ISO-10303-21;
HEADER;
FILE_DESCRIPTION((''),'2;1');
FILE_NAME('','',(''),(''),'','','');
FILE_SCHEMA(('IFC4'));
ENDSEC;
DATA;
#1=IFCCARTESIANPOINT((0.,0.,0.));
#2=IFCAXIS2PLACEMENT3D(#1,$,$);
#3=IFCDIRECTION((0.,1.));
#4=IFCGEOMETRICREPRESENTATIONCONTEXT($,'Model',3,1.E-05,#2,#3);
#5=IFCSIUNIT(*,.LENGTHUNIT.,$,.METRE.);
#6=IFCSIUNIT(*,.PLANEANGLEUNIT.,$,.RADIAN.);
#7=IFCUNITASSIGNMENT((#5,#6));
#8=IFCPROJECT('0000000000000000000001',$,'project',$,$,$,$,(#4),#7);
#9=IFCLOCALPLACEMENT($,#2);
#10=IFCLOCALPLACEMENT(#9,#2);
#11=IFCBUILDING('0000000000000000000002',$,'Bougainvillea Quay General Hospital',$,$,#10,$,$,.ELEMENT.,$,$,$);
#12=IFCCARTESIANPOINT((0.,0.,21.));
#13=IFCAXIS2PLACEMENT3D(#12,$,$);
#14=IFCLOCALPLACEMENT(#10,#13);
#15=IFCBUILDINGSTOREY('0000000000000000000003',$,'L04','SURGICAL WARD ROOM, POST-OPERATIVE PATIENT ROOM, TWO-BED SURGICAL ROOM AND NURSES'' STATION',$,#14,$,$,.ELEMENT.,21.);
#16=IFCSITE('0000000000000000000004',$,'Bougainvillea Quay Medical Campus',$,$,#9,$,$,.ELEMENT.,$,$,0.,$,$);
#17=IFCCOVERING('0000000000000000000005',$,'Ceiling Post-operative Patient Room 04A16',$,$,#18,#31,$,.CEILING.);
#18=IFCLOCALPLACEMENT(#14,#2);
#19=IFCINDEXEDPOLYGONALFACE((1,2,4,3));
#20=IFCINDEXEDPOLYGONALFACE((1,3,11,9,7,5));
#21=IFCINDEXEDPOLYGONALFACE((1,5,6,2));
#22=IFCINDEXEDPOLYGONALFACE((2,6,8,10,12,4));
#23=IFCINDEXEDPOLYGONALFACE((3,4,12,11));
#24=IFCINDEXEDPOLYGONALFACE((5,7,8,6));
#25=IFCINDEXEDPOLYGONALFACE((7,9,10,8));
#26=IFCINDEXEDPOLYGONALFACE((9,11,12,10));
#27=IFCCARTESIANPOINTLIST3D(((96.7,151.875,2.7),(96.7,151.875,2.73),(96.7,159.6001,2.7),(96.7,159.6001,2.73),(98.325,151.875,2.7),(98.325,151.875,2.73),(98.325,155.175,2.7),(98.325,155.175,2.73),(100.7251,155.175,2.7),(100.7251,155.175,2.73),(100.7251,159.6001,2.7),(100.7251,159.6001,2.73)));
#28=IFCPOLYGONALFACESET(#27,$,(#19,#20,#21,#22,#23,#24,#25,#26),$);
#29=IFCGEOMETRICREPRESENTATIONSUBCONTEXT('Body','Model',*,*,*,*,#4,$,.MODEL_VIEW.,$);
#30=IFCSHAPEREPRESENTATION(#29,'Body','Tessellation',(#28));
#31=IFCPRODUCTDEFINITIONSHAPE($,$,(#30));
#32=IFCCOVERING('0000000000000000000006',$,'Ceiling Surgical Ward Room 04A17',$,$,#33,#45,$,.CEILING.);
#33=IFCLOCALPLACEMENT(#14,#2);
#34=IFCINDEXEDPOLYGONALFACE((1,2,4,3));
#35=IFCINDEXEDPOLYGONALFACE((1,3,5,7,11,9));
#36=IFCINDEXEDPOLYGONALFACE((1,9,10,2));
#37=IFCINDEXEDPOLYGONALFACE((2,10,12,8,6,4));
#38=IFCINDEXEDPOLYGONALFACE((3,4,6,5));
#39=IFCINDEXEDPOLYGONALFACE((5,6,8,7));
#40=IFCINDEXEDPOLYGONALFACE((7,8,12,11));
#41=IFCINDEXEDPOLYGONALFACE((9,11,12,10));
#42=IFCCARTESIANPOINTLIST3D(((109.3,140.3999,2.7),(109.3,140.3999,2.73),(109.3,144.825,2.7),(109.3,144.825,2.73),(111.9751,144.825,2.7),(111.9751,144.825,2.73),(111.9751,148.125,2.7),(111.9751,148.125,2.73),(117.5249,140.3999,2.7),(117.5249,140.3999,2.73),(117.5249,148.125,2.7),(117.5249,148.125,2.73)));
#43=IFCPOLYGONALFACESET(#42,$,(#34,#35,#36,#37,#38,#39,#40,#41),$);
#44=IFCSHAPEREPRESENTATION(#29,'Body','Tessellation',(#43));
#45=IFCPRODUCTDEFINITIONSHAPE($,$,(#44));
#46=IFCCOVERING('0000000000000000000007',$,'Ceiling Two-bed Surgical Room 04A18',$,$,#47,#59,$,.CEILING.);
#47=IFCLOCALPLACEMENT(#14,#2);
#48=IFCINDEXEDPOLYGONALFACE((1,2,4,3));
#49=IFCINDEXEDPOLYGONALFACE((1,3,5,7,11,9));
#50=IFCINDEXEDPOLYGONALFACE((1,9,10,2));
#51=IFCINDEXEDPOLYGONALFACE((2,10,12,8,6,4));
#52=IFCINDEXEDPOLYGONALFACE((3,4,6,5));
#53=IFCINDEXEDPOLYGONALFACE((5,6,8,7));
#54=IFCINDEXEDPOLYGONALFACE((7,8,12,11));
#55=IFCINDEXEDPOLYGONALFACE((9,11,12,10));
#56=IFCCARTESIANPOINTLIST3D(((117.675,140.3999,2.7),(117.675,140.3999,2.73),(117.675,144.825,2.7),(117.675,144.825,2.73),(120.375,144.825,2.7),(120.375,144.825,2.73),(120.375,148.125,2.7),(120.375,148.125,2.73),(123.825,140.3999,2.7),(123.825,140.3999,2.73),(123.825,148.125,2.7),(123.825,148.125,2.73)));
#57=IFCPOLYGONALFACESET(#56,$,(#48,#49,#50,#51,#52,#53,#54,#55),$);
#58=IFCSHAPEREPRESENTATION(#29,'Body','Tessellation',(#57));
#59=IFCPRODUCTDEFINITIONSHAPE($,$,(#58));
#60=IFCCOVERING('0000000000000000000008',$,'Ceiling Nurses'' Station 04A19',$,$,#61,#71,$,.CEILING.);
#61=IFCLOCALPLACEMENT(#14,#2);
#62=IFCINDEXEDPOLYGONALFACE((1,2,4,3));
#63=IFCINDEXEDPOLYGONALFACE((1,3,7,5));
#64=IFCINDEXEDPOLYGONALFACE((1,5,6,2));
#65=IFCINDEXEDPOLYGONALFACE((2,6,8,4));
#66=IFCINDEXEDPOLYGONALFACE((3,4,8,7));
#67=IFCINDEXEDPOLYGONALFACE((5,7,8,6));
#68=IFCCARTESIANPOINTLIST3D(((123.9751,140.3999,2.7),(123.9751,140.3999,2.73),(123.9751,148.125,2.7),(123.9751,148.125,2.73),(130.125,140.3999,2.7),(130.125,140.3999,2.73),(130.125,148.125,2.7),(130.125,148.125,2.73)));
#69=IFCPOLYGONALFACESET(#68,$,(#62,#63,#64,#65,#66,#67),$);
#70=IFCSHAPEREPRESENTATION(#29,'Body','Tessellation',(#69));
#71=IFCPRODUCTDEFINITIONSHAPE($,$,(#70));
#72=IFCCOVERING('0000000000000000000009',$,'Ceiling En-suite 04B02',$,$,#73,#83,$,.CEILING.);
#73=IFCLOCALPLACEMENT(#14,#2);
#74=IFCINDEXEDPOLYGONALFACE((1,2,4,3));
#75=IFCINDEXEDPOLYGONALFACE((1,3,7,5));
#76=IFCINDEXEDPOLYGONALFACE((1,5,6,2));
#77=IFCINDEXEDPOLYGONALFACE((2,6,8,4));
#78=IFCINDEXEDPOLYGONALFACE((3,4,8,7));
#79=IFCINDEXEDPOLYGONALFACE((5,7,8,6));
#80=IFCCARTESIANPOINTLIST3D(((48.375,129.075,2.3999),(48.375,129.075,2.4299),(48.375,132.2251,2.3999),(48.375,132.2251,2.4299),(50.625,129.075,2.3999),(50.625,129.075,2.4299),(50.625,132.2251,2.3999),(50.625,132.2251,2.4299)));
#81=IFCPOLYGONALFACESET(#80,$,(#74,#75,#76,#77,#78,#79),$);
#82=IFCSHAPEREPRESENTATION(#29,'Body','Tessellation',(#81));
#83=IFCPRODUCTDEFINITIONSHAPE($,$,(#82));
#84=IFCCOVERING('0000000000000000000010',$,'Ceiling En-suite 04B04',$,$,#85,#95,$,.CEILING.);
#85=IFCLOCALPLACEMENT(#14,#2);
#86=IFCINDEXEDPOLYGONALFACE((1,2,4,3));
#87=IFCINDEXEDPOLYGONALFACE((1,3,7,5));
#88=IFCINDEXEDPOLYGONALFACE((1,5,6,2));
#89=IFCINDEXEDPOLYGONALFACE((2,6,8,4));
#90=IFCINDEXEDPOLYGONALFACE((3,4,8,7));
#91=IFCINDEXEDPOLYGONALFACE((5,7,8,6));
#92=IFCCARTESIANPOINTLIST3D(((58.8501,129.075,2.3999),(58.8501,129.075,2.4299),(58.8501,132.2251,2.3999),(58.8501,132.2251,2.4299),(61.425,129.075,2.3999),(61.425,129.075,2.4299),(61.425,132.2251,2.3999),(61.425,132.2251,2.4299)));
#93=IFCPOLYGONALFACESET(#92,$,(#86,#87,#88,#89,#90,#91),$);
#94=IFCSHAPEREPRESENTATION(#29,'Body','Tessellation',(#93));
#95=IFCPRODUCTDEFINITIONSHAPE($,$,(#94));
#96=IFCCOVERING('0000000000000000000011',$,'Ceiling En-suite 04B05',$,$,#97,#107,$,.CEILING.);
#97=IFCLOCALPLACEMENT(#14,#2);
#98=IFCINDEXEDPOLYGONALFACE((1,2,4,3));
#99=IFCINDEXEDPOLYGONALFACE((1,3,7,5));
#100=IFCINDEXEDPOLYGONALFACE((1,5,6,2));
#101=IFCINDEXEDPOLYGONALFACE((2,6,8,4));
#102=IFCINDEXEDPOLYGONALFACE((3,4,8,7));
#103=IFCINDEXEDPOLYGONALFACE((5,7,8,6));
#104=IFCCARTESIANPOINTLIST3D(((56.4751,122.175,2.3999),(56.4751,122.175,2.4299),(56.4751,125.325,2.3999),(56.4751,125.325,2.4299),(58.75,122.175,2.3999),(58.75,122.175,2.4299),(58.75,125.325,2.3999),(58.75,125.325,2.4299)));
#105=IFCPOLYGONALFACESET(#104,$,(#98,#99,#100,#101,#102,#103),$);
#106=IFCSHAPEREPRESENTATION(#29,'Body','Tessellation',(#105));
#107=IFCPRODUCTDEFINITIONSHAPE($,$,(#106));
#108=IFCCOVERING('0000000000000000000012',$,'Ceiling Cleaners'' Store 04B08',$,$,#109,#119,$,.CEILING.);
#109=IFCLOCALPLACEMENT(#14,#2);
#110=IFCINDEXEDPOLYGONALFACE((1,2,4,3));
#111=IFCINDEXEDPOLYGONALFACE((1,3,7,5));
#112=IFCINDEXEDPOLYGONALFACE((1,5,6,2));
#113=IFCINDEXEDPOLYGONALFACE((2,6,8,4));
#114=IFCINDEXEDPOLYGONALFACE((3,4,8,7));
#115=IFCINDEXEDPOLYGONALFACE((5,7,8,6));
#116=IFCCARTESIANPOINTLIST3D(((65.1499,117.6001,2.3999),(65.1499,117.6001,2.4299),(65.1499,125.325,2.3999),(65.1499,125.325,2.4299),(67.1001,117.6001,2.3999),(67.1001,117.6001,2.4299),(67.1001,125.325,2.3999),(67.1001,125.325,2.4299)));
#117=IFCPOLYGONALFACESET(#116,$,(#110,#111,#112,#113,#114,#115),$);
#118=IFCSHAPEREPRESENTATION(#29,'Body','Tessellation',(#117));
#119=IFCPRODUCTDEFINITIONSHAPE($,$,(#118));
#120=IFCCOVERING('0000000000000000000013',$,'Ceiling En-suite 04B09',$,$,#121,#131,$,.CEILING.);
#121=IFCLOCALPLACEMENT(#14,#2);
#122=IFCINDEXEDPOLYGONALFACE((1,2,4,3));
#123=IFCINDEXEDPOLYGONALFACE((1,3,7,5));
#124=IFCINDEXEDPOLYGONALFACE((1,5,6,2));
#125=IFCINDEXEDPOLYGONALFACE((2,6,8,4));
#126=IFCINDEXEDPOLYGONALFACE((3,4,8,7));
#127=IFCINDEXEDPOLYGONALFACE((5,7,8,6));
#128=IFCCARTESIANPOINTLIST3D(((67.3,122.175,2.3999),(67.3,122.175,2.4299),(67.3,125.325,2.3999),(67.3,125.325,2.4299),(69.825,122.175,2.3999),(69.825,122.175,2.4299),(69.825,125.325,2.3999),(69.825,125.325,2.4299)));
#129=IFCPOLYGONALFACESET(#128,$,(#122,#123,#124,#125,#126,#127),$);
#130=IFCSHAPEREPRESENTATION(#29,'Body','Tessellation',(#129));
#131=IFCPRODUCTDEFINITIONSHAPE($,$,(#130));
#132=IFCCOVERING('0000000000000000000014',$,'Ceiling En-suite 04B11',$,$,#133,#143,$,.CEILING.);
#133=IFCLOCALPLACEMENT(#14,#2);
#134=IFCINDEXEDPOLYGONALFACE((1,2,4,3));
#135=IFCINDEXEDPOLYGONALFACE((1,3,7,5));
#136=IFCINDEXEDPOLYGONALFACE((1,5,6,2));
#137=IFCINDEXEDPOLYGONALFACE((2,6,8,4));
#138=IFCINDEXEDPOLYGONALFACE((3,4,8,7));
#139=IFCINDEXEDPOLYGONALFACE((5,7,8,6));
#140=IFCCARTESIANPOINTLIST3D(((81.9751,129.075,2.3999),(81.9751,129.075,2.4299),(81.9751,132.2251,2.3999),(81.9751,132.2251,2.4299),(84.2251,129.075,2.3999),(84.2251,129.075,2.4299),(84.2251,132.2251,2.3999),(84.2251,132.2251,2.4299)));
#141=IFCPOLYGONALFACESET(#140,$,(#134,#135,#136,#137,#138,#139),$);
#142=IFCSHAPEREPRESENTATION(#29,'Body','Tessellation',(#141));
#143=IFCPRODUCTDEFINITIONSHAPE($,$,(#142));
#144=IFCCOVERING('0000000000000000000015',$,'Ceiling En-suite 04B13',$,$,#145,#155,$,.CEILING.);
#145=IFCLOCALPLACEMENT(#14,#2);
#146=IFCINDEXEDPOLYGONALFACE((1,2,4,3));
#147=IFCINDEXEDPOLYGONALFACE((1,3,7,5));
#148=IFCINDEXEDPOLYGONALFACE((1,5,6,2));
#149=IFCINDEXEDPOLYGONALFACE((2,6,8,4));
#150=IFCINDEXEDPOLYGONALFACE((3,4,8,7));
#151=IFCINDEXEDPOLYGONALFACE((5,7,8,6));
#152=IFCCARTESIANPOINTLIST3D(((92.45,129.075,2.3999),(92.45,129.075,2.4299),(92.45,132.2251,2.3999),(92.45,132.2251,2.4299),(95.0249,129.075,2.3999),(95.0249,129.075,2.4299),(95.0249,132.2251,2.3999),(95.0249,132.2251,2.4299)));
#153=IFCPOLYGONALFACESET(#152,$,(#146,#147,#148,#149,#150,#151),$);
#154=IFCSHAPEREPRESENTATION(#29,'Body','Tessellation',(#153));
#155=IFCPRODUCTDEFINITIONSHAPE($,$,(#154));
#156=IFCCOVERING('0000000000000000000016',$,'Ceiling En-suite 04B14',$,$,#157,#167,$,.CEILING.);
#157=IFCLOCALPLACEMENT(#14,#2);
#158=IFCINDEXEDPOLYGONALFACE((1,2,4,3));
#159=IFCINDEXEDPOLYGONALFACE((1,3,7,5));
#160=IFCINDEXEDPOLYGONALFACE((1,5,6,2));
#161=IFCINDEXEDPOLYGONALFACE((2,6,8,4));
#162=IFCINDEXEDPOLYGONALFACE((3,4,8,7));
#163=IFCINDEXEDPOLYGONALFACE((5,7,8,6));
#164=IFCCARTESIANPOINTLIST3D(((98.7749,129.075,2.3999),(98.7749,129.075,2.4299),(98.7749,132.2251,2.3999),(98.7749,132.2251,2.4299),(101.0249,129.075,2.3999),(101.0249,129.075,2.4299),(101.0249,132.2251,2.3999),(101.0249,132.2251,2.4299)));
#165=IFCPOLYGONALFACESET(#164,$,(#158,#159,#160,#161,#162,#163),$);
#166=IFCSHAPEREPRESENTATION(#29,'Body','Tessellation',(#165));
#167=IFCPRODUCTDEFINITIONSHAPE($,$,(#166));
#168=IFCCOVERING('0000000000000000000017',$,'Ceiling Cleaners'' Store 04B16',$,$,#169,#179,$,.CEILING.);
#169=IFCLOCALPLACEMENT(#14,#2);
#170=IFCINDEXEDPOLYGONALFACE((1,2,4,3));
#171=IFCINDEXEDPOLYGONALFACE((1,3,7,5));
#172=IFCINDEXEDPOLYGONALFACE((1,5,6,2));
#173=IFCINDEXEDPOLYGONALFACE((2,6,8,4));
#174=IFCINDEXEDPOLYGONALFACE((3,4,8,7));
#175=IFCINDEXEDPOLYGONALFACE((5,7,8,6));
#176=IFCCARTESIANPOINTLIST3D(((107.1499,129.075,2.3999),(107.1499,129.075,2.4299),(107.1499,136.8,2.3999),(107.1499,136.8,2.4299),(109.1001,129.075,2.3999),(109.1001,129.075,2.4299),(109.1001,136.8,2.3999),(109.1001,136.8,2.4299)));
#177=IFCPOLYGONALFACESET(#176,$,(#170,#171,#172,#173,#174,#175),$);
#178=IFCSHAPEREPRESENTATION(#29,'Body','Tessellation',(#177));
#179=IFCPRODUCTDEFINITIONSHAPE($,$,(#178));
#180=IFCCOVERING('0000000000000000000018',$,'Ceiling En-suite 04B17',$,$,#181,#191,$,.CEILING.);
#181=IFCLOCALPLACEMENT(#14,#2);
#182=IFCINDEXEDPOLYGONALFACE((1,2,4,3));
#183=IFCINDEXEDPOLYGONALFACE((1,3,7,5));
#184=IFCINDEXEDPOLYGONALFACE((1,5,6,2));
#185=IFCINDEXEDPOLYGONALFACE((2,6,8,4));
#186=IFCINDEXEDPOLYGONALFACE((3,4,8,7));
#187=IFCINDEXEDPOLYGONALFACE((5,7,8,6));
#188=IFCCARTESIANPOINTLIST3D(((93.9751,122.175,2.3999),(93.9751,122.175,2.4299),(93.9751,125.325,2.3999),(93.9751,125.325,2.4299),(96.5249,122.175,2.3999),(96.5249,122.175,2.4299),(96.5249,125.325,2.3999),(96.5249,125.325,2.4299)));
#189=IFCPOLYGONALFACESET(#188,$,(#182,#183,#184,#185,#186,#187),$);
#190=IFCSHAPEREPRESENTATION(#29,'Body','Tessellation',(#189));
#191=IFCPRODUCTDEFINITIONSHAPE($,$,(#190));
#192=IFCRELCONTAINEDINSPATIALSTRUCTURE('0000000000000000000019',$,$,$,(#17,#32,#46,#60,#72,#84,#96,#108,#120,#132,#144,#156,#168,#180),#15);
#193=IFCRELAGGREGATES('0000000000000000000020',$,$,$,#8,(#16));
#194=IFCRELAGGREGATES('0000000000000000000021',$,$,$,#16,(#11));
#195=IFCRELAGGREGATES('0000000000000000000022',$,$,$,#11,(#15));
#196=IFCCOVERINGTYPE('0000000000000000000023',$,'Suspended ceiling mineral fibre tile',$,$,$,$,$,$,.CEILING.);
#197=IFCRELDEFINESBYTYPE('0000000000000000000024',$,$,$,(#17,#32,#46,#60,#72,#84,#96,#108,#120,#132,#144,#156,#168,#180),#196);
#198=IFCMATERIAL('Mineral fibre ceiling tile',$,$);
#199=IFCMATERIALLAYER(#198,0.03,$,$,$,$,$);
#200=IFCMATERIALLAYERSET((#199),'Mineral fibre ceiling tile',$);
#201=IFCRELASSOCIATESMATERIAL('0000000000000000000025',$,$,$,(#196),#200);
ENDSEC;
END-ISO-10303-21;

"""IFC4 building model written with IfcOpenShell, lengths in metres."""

from ifc_helpers import new_model, si_unit, direction, frame, origin, place, context, subcontext, project, spatial, polyline, outline, extrude, material, layer, layer_set, type_object, element, save


model = new_model("IFC4")

# Units and contexts
model_context = context("Model", 3, precision=1e-05, world=origin(), true_north=direction((0.0, 1.0)))
body_context = subcontext(model_context, "Body", "Model", "MODEL_VIEW")
ifc_project = project(units=[si_unit("LENGTHUNIT", "METRE"), si_unit("PLANEANGLEUNIT", "RADIAN")], contexts=[model_context])

# Site, building, storey
site_placement = place(None, origin())
site = spatial("IfcSite", under=ifc_project, at=site_placement, Name="Bougainvillea Quay Medical Campus", CompositionType="ELEMENT", RefElevation=0.0)
building_placement = place(site_placement, origin())
building = spatial("IfcBuilding", under=site, at=building_placement, Name="Bougainvillea Quay General Hospital", CompositionType="ELEMENT")
storey_placement = place(building_placement, frame((0.0, 0.0, 21.0)))
storey = spatial("IfcBuildingStorey", under=building, at=storey_placement, Name="L04", Description="SURGICAL WARD ROOM, POST-OPERATIVE PATIENT ROOM, TWO-BED SURGICAL ROOM AND NURSES' STATION", CompositionType="ELEMENT", Elevation=21.0)

# Coverings
ifc_material = material(Name="Mineral fibre ceiling tile")
ifc_layer = layer(ifc_material, 0.03)
ifc_layer_set = layer_set([ifc_layer], Name="Mineral fibre ceiling tile")
covering_type = type_object("IfcCoveringType", Name="Suspended ceiling mineral fibre tile", PredefinedType="CEILING", material=ifc_layer_set)
covering_1_placement = place(storey_placement, frame((0.0, 0.0, 2.7)))
element("IfcCovering", 1, at=covering_1_placement, inside=storey, type_object=covering_type, Name="Ceiling Post-operative Patient Room 04A16", PredefinedType="CEILING", context=body_context, shape_type="SweptSolid", body=[
    extrude(outline(polyline([(96.7, 159.6001), (96.7, 151.875), (98.325, 151.875), (98.325, 155.175), (100.7251, 155.175), (100.7251, 159.6001), (96.7, 159.6001)])), origin(), (0.0, 0.0, 1.0), 0.03),
])
covering_2_placement = place(storey_placement, frame((0.0, 0.0, 2.7)))
element("IfcCovering", 2, at=covering_2_placement, inside=storey, type_object=covering_type, Name="Ceiling Surgical Ward Room 04A17", PredefinedType="CEILING", context=body_context, shape_type="SweptSolid", body=[
    extrude(outline(polyline([(117.5249, 140.3999), (117.5249, 148.125), (111.9751, 148.125), (111.9751, 144.825), (109.3, 144.825), (109.3, 140.3999), (117.5249, 140.3999)])), origin(), (0.0, 0.0, 1.0), 0.03),
])
covering_3_placement = place(storey_placement, frame((0.0, 0.0, 2.7)))
element("IfcCovering", 3, at=covering_3_placement, inside=storey, type_object=covering_type, Name="Ceiling Two-bed Surgical Room 04A18", PredefinedType="CEILING", context=body_context, shape_type="SweptSolid", body=[
    extrude(outline(polyline([(123.825, 140.3999), (123.825, 148.125), (120.375, 148.125), (120.375, 144.825), (117.675, 144.825), (117.675, 140.3999), (123.825, 140.3999)])), origin(), (0.0, 0.0, 1.0), 0.03),
])
covering_4_placement = place(storey_placement, frame((0.0, 0.0, 2.7)))
element("IfcCovering", 4, at=covering_4_placement, inside=storey, type_object=covering_type, Name="Ceiling Nurses' Station 04A19", PredefinedType="CEILING", context=body_context, shape_type="SweptSolid", body=[
    extrude(outline(polyline([(130.125, 140.3999), (130.125, 148.125), (123.9751, 148.125), (123.9751, 140.3999), (130.125, 140.3999)])), origin(), (0.0, 0.0, 1.0), 0.03),
])
covering_5_placement = place(storey_placement, frame((0.0, 0.0, 2.3999)))
element("IfcCovering", 5, at=covering_5_placement, inside=storey, type_object=covering_type, Name="Ceiling En-suite 04B02", PredefinedType="CEILING", context=body_context, shape_type="SweptSolid", body=[
    extrude(outline(polyline([(48.375, 129.075), (50.625, 129.075), (50.625, 132.2251), (48.375, 132.2251), (48.375, 129.075)])), origin(), (0.0, 0.0, 1.0), 0.03),
])
covering_6_placement = place(storey_placement, frame((0.0, 0.0, 2.3999)))
element("IfcCovering", 6, at=covering_6_placement, inside=storey, type_object=covering_type, Name="Ceiling En-suite 04B04", PredefinedType="CEILING", context=body_context, shape_type="SweptSolid", body=[
    extrude(outline(polyline([(58.8501, 129.075), (61.425, 129.075), (61.425, 132.2251), (58.8501, 132.2251), (58.8501, 129.075)])), origin(), (0.0, 0.0, 1.0), 0.03),
])
covering_7_placement = place(storey_placement, frame((0.0, 0.0, 2.3999)))
element("IfcCovering", 7, at=covering_7_placement, inside=storey, type_object=covering_type, Name="Ceiling En-suite 04B05", PredefinedType="CEILING", context=body_context, shape_type="SweptSolid", body=[
    extrude(outline(polyline([(56.4751, 122.175), (58.75, 122.175), (58.75, 125.325), (56.4751, 125.325), (56.4751, 122.175)])), origin(), (0.0, 0.0, 1.0), 0.03),
])
covering_8_placement = place(storey_placement, frame((0.0, 0.0, 2.3999)))
element("IfcCovering", 8, at=covering_8_placement, inside=storey, type_object=covering_type, Name="Ceiling Cleaners' Store 04B08", PredefinedType="CEILING", context=body_context, shape_type="SweptSolid", body=[
    extrude(outline(polyline([(67.1001, 117.6001), (67.1001, 125.325), (65.1499, 125.325), (65.1499, 117.6001), (67.1001, 117.6001)])), origin(), (0.0, 0.0, 1.0), 0.03),
])
covering_9_placement = place(storey_placement, frame((0.0, 0.0, 2.3999)))
element("IfcCovering", 9, at=covering_9_placement, inside=storey, type_object=covering_type, Name="Ceiling En-suite 04B09", PredefinedType="CEILING", context=body_context, shape_type="SweptSolid", body=[
    extrude(outline(polyline([(67.3, 122.175), (69.825, 122.175), (69.825, 125.325), (67.3, 125.325), (67.3, 122.175)])), origin(), (0.0, 0.0, 1.0), 0.03),
])
covering_10_placement = place(storey_placement, frame((0.0, 0.0, 2.3999)))
element("IfcCovering", 10, at=covering_10_placement, inside=storey, type_object=covering_type, Name="Ceiling En-suite 04B11", PredefinedType="CEILING", context=body_context, shape_type="SweptSolid", body=[
    extrude(outline(polyline([(84.2251, 129.075), (84.2251, 132.2251), (81.9751, 132.2251), (81.9751, 129.075), (84.2251, 129.075)])), origin(), (0.0, 0.0, 1.0), 0.03),
])
covering_11_placement = place(storey_placement, frame((0.0, 0.0, 2.3999)))
element("IfcCovering", 11, at=covering_11_placement, inside=storey, type_object=covering_type, Name="Ceiling En-suite 04B13", PredefinedType="CEILING", context=body_context, shape_type="SweptSolid", body=[
    extrude(outline(polyline([(95.0249, 132.2251), (92.45, 132.2251), (92.45, 129.075), (95.0249, 129.075), (95.0249, 132.2251)])), origin(), (0.0, 0.0, 1.0), 0.03),
])
covering_12_placement = place(storey_placement, frame((0.0, 0.0, 2.3999)))
element("IfcCovering", 12, at=covering_12_placement, inside=storey, type_object=covering_type, Name="Ceiling En-suite 04B14", PredefinedType="CEILING", context=body_context, shape_type="SweptSolid", body=[
    extrude(outline(polyline([(101.0249, 132.2251), (98.7749, 132.2251), (98.7749, 129.075), (101.0249, 129.075), (101.0249, 132.2251)])), origin(), (0.0, 0.0, 1.0), 0.03),
])
covering_13_placement = place(storey_placement, frame((0.0, 0.0, 2.3999)))
element("IfcCovering", 13, at=covering_13_placement, inside=storey, type_object=covering_type, Name="Ceiling Cleaners' Store 04B16", PredefinedType="CEILING", context=body_context, shape_type="SweptSolid", body=[
    extrude(outline(polyline([(107.1499, 136.8), (107.1499, 129.075), (109.1001, 129.075), (109.1001, 136.8), (107.1499, 136.8)])), origin(), (0.0, 0.0, 1.0), 0.03),
])
covering_14_placement = place(storey_placement, frame((0.0, 0.0, 2.3999)))
element("IfcCovering", 14, at=covering_14_placement, inside=storey, type_object=covering_type, Name="Ceiling En-suite 04B17", PredefinedType="CEILING", context=body_context, shape_type="SweptSolid", body=[
    extrude(outline(polyline([(96.5249, 125.325), (93.9751, 125.325), (93.9751, 122.175), (96.5249, 122.175), (96.5249, 125.325)])), origin(), (0.0, 0.0, 1.0), 0.03),
])

save(model, "model.ifc")
